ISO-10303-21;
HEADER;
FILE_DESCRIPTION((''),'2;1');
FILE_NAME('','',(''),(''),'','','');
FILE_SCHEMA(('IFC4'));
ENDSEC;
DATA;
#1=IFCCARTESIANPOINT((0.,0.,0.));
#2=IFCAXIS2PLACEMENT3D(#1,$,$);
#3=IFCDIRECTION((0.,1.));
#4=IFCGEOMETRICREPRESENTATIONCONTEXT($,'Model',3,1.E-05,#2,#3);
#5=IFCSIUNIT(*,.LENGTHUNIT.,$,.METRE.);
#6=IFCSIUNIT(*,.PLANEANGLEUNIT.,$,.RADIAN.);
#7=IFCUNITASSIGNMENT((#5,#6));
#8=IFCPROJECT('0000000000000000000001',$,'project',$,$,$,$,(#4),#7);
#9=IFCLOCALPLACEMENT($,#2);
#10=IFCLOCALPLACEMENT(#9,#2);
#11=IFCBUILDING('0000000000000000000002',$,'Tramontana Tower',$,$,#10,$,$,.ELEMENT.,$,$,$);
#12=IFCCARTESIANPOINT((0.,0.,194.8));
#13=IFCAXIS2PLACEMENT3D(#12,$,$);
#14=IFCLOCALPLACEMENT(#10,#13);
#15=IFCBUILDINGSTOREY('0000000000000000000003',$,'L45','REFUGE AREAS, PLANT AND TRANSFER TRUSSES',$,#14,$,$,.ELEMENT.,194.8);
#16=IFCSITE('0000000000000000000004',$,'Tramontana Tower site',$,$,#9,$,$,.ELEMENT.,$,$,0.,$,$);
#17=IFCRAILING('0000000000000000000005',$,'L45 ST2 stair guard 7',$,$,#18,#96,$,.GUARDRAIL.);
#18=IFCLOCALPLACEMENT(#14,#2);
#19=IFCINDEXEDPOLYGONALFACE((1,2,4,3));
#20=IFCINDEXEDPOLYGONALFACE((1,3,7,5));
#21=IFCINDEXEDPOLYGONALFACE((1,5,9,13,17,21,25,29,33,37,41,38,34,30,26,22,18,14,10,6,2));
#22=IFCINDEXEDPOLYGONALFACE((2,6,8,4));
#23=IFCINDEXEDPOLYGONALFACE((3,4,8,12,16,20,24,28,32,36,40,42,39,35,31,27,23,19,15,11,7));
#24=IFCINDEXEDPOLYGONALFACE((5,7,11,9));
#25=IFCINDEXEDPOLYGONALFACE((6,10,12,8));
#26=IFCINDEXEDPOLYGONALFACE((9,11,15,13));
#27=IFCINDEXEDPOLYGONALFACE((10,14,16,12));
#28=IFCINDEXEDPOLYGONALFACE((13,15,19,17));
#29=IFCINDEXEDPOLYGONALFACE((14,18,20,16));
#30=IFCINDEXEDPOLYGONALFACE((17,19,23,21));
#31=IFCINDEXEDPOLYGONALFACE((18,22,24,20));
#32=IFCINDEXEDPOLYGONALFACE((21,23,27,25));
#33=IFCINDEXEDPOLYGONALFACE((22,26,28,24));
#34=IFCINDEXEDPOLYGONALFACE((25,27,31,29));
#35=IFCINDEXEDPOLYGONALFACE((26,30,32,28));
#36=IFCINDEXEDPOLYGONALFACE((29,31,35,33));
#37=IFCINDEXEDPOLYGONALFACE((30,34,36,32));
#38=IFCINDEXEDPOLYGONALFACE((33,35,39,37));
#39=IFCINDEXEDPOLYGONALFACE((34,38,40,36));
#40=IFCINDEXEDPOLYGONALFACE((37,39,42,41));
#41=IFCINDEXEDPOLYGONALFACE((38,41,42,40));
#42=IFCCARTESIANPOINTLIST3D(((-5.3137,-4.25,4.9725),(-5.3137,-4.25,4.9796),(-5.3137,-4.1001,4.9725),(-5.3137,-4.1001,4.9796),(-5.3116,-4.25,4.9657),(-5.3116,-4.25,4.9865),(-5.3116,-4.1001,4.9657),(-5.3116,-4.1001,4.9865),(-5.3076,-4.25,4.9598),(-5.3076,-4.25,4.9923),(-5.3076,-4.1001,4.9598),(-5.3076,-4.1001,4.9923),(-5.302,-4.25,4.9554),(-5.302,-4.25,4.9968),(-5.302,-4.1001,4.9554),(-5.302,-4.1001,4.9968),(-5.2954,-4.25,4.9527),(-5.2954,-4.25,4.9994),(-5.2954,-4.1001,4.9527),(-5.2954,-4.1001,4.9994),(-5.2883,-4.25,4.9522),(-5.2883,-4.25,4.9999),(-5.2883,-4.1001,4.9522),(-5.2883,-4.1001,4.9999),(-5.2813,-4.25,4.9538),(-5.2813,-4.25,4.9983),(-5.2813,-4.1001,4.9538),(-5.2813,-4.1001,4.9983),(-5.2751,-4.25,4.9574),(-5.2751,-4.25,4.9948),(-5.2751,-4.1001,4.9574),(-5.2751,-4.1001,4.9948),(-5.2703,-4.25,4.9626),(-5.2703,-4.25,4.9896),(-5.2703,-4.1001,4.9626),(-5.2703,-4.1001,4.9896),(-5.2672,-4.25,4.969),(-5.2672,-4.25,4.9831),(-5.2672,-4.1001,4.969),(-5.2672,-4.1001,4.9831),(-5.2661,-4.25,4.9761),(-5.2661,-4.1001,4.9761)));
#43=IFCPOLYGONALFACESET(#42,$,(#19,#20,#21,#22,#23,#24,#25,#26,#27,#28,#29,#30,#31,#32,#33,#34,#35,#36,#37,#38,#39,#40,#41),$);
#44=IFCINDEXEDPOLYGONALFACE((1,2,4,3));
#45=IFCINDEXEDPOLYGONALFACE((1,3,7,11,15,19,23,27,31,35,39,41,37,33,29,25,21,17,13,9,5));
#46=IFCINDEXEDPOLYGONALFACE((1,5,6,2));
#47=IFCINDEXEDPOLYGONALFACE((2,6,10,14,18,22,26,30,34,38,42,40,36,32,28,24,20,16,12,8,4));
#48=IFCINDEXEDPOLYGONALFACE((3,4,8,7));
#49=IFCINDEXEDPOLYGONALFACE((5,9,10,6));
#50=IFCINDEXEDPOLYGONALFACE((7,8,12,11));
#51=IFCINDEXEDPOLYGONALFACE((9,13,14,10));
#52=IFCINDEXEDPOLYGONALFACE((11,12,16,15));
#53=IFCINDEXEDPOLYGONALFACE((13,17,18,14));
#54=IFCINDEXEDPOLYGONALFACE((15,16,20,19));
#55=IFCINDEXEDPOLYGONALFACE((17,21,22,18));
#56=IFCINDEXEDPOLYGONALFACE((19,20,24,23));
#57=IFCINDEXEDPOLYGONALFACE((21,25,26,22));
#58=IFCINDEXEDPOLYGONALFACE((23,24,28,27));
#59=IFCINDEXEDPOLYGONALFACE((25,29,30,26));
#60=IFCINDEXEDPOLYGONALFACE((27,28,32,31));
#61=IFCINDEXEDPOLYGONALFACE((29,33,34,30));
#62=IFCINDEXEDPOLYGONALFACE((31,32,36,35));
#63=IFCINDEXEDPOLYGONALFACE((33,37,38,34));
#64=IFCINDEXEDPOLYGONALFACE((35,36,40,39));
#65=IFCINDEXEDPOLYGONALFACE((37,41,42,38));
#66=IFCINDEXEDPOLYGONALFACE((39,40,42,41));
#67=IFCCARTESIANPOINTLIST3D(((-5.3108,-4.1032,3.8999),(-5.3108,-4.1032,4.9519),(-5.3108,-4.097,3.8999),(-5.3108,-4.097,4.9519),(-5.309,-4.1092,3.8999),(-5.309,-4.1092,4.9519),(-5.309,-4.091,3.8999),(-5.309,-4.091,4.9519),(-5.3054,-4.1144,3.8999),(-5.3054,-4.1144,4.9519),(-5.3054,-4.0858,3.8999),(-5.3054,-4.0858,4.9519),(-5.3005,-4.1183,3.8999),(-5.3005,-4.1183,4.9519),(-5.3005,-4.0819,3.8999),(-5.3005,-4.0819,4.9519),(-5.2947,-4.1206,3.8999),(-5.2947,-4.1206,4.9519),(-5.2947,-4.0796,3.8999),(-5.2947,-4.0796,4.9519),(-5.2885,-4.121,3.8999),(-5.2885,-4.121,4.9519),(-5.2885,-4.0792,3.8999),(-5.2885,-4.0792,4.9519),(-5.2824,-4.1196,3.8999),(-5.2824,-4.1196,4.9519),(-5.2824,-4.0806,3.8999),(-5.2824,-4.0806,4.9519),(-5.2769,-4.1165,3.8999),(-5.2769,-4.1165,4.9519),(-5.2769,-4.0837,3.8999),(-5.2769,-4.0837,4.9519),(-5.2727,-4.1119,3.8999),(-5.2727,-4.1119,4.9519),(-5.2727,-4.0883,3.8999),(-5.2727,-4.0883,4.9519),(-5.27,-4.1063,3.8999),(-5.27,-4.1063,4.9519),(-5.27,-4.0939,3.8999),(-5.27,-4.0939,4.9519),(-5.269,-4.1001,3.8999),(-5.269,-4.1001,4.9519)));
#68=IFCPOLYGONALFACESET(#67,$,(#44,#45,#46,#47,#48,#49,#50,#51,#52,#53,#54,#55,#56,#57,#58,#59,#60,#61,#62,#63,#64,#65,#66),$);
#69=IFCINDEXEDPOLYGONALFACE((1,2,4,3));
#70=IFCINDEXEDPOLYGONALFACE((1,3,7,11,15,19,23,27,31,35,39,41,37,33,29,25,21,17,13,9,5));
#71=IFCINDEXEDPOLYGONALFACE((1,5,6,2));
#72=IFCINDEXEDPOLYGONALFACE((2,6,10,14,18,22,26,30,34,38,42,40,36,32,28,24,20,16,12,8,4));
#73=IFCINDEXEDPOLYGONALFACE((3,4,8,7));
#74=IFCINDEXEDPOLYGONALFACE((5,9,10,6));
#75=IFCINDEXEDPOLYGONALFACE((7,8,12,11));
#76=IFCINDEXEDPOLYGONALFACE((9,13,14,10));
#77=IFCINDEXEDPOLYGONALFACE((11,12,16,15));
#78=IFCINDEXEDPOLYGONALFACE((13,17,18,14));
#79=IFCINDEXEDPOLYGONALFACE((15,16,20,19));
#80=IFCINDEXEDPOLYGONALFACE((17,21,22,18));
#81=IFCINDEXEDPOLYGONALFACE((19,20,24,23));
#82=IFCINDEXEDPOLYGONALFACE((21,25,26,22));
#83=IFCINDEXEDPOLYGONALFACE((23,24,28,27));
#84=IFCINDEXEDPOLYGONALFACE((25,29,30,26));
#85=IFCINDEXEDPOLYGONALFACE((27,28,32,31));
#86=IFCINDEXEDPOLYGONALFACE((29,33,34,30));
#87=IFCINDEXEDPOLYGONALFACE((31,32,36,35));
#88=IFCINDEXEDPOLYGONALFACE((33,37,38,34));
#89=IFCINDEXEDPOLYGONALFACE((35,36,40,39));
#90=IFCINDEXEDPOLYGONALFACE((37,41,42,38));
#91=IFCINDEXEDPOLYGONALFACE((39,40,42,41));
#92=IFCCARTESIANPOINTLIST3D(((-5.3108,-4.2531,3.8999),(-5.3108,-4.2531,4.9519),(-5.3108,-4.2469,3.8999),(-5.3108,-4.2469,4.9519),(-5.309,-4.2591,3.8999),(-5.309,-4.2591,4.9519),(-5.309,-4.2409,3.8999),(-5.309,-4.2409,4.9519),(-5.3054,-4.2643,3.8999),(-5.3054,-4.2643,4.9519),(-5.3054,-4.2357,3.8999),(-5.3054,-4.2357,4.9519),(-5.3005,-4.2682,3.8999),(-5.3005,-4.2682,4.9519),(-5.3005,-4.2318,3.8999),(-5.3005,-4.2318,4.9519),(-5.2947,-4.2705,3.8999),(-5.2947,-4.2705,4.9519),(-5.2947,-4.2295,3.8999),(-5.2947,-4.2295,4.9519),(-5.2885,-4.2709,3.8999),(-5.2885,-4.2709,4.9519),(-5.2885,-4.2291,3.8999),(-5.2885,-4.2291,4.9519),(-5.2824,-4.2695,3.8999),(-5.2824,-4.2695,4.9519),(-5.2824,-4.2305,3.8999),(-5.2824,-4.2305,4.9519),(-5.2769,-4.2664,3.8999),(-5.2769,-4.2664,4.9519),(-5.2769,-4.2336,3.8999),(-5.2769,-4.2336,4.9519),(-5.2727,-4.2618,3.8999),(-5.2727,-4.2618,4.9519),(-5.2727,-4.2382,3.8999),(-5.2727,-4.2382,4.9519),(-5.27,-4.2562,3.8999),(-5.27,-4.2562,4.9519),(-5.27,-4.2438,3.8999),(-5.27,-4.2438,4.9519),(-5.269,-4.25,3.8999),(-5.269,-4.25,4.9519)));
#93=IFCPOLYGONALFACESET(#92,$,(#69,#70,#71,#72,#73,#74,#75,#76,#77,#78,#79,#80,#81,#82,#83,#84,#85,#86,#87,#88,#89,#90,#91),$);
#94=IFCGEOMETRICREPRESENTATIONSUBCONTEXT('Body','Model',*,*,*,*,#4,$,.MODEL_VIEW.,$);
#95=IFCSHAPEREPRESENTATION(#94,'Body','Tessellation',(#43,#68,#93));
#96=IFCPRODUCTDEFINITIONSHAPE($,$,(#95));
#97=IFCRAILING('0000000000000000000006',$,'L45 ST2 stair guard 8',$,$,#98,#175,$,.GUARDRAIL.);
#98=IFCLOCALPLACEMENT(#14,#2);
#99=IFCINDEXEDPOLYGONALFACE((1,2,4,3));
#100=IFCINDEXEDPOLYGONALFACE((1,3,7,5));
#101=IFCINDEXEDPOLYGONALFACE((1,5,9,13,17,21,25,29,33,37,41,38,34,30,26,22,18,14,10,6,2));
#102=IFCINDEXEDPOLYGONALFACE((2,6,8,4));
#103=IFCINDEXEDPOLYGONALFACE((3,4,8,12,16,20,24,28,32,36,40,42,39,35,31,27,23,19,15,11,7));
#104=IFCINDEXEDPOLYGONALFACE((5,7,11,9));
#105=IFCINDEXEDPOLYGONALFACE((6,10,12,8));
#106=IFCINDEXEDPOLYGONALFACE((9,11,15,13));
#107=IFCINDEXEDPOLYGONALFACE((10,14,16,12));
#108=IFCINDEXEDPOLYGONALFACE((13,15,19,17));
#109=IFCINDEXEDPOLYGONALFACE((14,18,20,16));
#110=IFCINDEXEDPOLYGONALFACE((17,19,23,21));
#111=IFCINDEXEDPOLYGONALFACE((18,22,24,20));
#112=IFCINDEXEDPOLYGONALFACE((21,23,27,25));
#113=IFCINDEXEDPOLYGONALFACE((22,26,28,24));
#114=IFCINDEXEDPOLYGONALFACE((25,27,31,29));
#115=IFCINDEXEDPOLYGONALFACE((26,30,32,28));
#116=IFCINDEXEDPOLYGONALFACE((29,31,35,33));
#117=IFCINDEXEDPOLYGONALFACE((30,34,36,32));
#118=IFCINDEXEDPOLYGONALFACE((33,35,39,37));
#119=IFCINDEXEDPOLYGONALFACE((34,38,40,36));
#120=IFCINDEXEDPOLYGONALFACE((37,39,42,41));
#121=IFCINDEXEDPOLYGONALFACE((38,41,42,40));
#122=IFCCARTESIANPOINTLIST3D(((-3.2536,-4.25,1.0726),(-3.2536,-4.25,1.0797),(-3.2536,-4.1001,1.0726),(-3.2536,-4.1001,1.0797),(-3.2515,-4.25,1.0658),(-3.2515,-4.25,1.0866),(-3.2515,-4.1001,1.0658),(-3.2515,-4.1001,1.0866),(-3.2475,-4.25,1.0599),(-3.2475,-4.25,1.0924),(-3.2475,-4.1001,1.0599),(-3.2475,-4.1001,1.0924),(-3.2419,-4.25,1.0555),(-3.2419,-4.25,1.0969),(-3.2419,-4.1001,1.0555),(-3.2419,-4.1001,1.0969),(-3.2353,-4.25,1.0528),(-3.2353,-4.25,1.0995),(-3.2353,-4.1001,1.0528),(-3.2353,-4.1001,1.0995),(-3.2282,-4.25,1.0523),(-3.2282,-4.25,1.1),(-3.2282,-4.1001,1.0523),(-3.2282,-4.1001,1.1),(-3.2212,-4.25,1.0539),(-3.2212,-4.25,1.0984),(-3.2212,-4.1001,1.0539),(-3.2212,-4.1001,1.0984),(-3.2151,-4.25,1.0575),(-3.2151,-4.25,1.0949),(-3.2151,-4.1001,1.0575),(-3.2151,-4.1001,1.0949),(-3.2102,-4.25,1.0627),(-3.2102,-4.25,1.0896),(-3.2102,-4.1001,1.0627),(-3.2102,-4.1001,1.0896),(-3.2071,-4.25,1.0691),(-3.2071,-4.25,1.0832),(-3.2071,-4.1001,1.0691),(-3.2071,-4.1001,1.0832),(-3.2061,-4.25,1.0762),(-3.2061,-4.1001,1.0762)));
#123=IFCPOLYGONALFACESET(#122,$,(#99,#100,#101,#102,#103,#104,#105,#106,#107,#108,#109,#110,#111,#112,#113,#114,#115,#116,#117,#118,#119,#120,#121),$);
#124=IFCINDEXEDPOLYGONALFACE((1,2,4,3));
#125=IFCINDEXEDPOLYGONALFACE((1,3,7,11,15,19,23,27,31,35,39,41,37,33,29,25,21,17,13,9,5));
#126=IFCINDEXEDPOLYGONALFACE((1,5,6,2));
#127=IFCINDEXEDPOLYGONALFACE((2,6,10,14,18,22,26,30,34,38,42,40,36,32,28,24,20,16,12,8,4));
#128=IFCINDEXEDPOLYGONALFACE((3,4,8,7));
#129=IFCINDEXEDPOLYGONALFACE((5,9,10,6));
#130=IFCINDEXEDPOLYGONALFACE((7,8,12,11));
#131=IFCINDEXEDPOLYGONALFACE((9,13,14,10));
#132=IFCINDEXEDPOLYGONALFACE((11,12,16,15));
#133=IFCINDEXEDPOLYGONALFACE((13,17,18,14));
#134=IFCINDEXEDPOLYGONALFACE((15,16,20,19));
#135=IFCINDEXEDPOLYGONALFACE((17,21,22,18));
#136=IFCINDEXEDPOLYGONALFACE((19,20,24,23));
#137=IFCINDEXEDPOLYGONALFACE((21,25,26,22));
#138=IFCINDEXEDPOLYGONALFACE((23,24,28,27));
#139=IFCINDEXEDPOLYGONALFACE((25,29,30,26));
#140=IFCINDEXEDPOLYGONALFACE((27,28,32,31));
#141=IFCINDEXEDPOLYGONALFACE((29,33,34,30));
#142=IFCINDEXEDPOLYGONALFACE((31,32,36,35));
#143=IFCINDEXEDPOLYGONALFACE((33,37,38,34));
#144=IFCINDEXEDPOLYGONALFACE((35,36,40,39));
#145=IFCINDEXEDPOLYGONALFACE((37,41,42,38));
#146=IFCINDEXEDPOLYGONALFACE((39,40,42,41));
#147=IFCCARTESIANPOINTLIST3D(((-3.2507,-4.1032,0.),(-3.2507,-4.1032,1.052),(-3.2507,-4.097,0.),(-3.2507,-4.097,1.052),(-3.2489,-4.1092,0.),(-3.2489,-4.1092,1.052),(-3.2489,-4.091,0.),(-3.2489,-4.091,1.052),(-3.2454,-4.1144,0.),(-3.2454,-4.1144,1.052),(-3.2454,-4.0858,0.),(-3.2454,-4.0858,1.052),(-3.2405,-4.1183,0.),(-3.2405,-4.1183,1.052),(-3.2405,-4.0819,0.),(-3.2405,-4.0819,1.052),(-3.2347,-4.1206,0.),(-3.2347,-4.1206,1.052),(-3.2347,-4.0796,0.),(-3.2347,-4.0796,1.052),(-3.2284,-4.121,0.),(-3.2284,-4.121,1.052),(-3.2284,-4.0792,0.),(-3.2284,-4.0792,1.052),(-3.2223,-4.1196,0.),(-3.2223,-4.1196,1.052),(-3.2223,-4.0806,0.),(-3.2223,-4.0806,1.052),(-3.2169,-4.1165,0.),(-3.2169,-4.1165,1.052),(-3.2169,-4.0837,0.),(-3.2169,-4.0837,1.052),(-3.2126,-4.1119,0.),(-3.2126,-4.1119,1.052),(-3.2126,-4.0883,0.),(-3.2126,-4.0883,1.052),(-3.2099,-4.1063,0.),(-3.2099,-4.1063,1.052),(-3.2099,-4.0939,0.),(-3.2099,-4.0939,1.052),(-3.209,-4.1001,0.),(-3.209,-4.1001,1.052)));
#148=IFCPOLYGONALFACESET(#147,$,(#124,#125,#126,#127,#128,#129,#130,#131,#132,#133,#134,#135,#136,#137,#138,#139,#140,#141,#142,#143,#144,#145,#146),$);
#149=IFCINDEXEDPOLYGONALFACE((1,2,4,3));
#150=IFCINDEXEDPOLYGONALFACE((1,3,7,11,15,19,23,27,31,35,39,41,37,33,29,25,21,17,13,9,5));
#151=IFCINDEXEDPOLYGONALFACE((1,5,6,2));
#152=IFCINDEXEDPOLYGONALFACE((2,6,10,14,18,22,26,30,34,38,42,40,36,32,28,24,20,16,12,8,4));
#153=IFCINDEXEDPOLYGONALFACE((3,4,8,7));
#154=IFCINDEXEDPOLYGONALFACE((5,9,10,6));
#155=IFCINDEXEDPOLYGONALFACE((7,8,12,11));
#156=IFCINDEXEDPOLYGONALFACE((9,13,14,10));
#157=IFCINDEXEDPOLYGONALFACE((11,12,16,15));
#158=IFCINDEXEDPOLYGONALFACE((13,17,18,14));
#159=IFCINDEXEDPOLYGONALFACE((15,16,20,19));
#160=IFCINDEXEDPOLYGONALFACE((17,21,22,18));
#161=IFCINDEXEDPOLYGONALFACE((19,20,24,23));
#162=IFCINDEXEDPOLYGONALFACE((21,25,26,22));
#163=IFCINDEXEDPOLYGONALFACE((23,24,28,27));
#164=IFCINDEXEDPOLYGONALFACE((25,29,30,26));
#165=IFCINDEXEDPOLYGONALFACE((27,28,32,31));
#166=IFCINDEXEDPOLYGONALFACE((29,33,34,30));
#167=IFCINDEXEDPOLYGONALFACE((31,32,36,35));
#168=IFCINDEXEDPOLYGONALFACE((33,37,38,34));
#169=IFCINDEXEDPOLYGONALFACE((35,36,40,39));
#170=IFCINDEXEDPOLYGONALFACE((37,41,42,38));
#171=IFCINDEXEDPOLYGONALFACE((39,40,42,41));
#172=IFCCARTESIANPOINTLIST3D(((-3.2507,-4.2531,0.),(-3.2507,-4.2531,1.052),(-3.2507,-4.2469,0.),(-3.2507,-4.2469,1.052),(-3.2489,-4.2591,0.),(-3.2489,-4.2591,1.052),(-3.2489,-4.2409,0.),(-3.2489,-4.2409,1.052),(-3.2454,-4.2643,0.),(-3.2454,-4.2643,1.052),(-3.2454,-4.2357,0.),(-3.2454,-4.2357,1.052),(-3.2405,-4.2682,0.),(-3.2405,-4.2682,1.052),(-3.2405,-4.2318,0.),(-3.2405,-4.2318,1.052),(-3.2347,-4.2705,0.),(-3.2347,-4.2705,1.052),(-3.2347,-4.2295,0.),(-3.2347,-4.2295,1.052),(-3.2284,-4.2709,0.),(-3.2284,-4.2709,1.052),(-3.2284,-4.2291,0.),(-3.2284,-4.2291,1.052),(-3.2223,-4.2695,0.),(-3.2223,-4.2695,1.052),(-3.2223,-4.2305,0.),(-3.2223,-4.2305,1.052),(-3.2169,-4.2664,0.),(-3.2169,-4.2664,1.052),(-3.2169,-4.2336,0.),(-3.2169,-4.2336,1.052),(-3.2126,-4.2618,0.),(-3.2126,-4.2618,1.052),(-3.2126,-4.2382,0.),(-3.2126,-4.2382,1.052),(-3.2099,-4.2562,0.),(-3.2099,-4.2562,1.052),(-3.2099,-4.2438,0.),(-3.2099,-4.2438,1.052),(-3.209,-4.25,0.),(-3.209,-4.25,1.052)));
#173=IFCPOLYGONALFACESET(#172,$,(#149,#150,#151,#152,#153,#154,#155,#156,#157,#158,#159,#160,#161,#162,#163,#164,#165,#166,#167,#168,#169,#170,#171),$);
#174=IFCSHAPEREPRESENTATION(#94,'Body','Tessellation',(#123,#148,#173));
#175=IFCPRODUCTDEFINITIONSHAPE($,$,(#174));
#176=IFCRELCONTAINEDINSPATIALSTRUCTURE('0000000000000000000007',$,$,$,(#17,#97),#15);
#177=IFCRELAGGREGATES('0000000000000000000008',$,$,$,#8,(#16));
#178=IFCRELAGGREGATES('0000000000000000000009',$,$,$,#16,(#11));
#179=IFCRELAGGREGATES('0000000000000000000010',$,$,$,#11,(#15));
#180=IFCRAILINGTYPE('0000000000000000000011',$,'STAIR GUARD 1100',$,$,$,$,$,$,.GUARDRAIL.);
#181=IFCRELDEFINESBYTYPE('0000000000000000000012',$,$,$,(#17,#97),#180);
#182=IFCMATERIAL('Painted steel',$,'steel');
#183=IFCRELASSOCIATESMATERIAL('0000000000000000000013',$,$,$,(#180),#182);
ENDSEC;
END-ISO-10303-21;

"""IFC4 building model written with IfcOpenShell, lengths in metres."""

from ifc_helpers import new_model, si_unit, direction, frame, origin, origin_2d, place, context, subcontext, project, spatial, circle, extrude, material, type_object, element, save


model = new_model("IFC4")

# Units and contexts
model_context = context("Model", 3, precision=1e-05, world=origin(), true_north=direction((0.0, 1.0)))
body_context = subcontext(model_context, "Body", "Model", "MODEL_VIEW")
ifc_project = project(units=[si_unit("LENGTHUNIT", "METRE"), si_unit("PLANEANGLEUNIT", "RADIAN")], contexts=[model_context])

# Site, building, storey
site_placement = place(None, origin())
site = spatial("IfcSite", under=ifc_project, at=site_placement, Name="Tramontana Tower site", CompositionType="ELEMENT", RefElevation=0.0)
building_placement = place(site_placement, origin())
building = spatial("IfcBuilding", under=site, at=building_placement, Name="Tramontana Tower", CompositionType="ELEMENT")
storey_placement = place(building_placement, frame((0.0, 0.0, 194.8)))
storey = spatial("IfcBuildingStorey", under=building, at=storey_placement, Name="L45", Description="REFUGE AREAS, PLANT AND TRANSFER TRUSSES", CompositionType="ELEMENT", Elevation=194.8)

# Railings
ifc_material_1 = material(Name="Painted steel", Category="steel")
railing_type_1 = type_object("IfcRailingType", Name="STAIR GUARD 1100", PredefinedType="GUARDRAIL", material=ifc_material_1)
for number, where, name in (
    (1, (-5.29, -4.1001, 3.8999), "L45 ST2 stair guard 7"),
    (2, (-3.23, -4.1001, 0.0), "L45 ST2 stair guard 8"),
):
    element("IfcRailing", number, at=place(storey_placement, frame(where)), inside=storey, type_object=railing_type_1, Name=name, PredefinedType="GUARDRAIL", context=body_context, shape_type="SweptSolid", body=[
        extrude(circle(Radius=0.0239, at=origin_2d()), frame((0.0, 0.0, 1.0762), z_axis=(0.0, -1.0, 0.0), x_axis=(1.0, 0.0, 0.0)), (0.0, 0.0, 1.0), 0.1499),
        extrude(circle(Radius=0.021, at=origin_2d()), origin(), (0.0, 0.0, 1.0), 1.052),
        extrude(circle(Radius=0.021, at=origin_2d()), frame((0.0, -0.1499, 0.0)), (0.0, 0.0, 1.0), 1.052),
    ])

save(model, "model.ifc")
